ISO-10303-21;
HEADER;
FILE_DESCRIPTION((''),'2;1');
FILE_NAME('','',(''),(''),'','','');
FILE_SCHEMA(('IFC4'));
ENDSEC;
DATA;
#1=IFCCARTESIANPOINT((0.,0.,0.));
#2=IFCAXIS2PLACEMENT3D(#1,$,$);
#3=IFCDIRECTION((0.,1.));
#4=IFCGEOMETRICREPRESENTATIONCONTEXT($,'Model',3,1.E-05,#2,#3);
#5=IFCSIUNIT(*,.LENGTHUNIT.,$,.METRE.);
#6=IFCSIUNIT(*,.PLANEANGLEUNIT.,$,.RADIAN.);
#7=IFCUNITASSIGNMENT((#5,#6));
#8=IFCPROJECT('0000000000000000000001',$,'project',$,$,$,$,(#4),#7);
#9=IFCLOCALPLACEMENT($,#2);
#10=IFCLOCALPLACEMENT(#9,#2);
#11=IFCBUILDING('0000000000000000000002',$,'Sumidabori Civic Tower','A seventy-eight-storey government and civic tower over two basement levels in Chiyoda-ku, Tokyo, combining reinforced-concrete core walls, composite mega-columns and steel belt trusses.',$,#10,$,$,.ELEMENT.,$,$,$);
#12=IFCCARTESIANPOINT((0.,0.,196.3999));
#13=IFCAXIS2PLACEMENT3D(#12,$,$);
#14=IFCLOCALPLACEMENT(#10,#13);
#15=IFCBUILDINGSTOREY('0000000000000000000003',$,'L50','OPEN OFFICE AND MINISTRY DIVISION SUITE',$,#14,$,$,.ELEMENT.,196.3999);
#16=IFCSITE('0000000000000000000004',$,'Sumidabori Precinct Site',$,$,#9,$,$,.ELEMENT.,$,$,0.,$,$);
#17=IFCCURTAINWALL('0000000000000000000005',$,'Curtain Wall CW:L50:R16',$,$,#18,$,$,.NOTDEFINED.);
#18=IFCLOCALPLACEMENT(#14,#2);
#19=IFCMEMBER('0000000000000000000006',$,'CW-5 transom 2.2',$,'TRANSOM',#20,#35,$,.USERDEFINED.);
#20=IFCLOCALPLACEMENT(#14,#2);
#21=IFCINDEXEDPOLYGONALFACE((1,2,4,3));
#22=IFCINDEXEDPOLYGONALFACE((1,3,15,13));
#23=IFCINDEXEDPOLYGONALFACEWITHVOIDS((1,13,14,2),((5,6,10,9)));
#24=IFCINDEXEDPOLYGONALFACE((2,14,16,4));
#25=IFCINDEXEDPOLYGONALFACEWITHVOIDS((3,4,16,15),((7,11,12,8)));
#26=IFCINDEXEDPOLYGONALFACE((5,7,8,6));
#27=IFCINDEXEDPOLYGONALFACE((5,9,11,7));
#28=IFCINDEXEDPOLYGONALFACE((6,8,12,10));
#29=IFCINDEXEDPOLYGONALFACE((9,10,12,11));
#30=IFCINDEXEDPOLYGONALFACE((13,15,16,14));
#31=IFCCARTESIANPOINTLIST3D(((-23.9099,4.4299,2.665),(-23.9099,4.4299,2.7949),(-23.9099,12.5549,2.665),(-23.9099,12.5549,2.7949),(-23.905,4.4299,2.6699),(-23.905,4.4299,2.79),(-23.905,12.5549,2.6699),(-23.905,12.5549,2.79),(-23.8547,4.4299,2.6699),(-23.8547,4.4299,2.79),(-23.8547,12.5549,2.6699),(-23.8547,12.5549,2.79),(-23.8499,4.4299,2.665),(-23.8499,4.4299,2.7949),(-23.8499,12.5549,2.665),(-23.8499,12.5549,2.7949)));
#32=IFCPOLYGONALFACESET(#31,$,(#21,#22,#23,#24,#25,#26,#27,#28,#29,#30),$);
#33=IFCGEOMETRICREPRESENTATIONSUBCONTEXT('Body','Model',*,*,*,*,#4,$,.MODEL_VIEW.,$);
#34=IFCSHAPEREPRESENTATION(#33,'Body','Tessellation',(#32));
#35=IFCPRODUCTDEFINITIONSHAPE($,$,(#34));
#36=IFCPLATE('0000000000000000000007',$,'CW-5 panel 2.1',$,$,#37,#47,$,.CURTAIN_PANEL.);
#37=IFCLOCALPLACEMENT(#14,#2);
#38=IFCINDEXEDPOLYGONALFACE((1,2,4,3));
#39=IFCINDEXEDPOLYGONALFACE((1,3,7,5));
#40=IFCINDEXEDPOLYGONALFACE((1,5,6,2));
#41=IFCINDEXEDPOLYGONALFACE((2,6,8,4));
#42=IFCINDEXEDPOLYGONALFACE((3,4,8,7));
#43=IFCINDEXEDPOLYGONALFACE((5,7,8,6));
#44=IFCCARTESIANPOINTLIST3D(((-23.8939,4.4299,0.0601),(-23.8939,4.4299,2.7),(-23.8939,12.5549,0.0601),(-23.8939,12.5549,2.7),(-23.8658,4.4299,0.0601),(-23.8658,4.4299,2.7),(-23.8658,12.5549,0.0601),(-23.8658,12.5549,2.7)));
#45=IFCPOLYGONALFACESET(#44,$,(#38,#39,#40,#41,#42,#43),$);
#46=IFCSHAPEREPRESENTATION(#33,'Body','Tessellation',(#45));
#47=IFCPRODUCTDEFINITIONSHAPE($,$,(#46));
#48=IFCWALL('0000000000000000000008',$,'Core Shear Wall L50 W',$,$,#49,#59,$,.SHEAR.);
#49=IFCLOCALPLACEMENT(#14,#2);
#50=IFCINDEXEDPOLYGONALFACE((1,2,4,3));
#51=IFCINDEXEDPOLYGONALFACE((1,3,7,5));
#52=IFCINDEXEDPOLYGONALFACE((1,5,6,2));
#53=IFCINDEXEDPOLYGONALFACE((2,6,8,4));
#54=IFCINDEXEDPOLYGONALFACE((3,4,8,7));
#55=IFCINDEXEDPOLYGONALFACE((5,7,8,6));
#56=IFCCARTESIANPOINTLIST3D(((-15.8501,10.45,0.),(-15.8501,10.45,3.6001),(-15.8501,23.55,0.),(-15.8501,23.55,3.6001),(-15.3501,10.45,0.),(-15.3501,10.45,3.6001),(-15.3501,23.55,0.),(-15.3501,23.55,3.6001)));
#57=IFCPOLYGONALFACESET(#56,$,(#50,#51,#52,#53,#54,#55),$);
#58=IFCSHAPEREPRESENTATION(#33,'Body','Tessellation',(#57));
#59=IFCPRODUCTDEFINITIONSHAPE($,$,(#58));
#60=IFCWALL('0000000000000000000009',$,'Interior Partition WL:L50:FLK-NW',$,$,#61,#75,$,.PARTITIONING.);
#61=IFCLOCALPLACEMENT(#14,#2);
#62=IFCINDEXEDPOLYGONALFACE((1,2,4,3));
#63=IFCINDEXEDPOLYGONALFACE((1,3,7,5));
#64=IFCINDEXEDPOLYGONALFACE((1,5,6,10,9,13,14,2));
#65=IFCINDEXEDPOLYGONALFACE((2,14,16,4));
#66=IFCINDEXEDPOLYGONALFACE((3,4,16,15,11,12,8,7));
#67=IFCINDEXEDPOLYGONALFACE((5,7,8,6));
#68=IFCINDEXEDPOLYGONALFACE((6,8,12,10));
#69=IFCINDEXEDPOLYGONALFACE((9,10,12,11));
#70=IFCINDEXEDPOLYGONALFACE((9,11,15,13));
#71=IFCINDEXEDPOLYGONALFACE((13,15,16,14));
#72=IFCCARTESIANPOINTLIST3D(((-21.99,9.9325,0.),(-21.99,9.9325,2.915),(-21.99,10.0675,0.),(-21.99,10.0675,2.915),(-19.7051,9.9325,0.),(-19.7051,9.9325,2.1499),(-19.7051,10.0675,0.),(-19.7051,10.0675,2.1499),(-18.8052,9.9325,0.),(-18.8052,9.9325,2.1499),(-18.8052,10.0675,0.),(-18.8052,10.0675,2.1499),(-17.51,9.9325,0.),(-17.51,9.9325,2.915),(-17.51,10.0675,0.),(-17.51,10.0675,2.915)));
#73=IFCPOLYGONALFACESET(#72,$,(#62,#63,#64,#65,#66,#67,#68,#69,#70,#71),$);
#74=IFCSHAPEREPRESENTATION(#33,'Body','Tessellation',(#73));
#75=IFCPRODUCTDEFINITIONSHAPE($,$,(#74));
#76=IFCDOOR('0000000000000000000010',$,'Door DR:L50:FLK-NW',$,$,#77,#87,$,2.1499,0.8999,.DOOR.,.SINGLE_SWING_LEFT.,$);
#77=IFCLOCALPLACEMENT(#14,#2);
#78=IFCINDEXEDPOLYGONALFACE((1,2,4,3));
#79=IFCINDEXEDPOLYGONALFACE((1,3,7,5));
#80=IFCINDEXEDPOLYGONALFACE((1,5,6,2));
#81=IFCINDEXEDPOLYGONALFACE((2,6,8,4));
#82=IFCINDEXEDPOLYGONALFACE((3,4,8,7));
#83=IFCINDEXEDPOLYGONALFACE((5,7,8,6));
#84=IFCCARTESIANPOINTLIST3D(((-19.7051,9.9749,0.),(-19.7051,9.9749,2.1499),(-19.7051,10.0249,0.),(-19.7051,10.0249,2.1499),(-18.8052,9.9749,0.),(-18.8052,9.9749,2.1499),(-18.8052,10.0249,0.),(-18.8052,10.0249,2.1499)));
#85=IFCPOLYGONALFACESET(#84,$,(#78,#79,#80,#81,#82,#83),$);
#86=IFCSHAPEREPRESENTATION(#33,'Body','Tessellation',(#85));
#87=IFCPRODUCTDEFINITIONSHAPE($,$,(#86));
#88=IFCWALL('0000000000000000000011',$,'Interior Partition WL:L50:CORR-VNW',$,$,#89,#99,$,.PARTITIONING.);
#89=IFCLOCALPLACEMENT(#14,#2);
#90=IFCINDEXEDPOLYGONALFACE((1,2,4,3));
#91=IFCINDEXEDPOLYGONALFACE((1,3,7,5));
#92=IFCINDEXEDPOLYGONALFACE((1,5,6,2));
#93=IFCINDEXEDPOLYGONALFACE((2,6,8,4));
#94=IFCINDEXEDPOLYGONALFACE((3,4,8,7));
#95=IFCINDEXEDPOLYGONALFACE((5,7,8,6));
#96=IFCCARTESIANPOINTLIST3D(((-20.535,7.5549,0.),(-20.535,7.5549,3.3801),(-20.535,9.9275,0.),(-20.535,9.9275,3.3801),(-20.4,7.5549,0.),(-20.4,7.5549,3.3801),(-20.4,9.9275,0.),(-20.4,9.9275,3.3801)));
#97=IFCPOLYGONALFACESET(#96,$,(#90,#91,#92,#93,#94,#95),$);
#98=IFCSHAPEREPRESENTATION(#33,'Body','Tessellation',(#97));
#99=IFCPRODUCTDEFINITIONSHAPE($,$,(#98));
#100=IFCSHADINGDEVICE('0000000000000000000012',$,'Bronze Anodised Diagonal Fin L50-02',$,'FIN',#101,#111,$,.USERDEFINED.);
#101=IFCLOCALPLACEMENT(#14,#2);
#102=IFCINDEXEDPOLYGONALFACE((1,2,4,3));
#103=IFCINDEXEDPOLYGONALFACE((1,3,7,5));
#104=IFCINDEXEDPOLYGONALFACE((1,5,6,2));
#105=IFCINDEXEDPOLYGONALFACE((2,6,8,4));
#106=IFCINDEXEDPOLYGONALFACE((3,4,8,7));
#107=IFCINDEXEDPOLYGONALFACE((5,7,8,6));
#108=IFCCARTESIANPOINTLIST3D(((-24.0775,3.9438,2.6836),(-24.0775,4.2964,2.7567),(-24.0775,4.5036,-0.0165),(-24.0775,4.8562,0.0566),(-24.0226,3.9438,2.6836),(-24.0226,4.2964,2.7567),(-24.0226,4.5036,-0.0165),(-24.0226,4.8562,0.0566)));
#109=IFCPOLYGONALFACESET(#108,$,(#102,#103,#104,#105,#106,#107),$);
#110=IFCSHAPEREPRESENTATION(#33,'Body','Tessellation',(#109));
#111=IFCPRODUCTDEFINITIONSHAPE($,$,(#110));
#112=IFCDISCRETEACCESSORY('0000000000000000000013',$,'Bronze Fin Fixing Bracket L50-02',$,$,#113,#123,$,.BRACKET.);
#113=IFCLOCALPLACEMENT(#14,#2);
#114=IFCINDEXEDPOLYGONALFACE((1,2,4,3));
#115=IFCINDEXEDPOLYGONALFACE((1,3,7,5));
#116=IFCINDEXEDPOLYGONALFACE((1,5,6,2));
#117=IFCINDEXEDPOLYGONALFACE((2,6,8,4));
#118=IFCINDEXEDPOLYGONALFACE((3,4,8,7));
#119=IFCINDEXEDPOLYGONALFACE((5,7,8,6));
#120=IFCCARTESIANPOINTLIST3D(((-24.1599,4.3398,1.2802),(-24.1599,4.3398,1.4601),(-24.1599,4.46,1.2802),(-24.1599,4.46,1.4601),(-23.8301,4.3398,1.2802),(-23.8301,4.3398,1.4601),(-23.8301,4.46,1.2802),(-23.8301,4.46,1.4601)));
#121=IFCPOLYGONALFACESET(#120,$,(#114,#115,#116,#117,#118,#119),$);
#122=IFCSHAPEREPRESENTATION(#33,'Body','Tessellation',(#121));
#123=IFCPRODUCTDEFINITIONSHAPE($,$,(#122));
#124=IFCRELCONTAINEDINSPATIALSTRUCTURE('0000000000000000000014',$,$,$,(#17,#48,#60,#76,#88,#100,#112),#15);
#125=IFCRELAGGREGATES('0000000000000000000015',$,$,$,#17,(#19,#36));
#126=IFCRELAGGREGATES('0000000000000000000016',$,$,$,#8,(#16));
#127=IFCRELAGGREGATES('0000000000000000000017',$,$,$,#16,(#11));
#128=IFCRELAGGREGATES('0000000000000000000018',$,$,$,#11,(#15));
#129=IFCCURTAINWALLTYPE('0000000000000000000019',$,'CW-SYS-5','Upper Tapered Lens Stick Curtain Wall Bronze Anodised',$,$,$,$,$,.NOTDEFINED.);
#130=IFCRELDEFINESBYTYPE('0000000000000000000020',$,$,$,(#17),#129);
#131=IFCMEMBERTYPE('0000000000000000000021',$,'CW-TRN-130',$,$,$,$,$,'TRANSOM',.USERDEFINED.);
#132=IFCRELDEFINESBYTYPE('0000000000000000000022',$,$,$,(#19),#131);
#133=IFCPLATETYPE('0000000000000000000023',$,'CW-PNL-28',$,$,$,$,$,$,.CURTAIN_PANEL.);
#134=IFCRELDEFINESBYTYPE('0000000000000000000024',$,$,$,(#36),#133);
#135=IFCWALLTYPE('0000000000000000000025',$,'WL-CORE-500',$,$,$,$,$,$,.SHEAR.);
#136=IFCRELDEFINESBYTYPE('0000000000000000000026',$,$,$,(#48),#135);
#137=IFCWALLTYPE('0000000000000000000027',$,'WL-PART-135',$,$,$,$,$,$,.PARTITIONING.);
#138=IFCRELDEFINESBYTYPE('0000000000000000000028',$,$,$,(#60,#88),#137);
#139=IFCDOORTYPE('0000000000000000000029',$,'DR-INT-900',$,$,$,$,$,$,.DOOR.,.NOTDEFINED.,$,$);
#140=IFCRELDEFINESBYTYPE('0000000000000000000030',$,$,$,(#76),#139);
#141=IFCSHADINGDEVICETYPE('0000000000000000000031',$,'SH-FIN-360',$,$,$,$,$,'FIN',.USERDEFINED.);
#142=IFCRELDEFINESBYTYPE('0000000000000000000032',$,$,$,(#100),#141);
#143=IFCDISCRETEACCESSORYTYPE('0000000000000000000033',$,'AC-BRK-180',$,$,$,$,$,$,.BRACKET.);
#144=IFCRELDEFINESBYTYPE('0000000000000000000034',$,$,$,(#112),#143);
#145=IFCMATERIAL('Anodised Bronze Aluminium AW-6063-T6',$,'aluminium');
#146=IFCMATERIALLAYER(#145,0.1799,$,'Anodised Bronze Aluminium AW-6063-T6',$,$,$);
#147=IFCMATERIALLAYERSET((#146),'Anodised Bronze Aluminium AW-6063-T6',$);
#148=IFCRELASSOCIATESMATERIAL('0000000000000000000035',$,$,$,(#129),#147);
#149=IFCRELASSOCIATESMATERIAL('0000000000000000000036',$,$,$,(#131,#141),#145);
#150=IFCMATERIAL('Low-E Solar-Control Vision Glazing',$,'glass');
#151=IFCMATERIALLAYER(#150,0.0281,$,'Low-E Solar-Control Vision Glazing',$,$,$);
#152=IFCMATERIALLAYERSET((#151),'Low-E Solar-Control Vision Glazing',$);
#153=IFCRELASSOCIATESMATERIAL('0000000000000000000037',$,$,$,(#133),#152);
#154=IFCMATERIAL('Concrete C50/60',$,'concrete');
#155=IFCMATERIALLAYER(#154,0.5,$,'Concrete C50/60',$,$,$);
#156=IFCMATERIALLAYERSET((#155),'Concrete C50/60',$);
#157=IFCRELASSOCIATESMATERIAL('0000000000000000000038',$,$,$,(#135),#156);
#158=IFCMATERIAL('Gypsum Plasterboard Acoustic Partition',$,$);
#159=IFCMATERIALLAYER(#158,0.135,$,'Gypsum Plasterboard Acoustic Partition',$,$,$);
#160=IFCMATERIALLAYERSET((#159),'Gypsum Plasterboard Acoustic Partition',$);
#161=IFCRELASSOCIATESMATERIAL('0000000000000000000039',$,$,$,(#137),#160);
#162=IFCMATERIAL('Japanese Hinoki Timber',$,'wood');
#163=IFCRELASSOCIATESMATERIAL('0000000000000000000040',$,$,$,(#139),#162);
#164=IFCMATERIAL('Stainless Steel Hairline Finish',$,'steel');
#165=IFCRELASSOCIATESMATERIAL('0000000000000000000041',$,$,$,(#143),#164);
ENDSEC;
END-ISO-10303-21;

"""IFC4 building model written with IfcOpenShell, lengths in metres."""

from ifc_helpers import new_model, si_unit, direction, frame, frame_2d, origin, origin_2d, place, context, subcontext, project, spatial, rectangle, hollow_rectangle, extrude, source, transform, mapped, material, layer, layer_set, material_profile, profile_set, type_object, element, fill, aggregate, save


model = new_model("IFC4")

# Units and contexts
model_context = context("Model", 3, precision=1e-05, world=origin(), true_north=direction((0.0, 1.0)))
body_context = subcontext(model_context, "Body", "Model", "MODEL_VIEW")
ifc_project = project(units=[si_unit("LENGTHUNIT", "METRE"), si_unit("PLANEANGLEUNIT", "RADIAN")], contexts=[model_context])

# Site, building, storey
site_placement = place(None, origin())
site = spatial("IfcSite", under=ifc_project, at=site_placement, Name="Sumidabori Precinct Site", CompositionType="ELEMENT", RefElevation=0.0)
building_placement = place(site_placement, origin())
building = spatial("IfcBuilding", under=site, at=building_placement, Name="Sumidabori Civic Tower", Description="A seventy-eight-storey government and civic tower over two basement levels in Chiyoda-ku, Tokyo, combining reinforced-concrete core walls, composite mega-columns and steel belt trusses.", CompositionType="ELEMENT")
storey_placement = place(building_placement, frame((0.0, 0.0, 196.3999)))
storey = spatial("IfcBuildingStorey", under=building, at=storey_placement, Name="L50", Description="OPEN OFFICE AND MINISTRY DIVISION SUITE", CompositionType="ELEMENT", Elevation=196.3999)

# Curtain wall, member, plate
ifc_material_1 = material(Name="Anodised Bronze Aluminium AW-6063-T6", Category="aluminium")
ifc_layer_1 = layer(ifc_material_1, 0.1799, Name="Anodised Bronze Aluminium AW-6063-T6")
ifc_layer_set_1 = layer_set([ifc_layer_1], Name="Anodised Bronze Aluminium AW-6063-T6")
curtain_wall_type = type_object("IfcCurtainWallType", Name="CW-SYS-5", Description="Upper Tapered Lens Stick Curtain Wall Bronze Anodised", PredefinedType="NOTDEFINED", material=ifc_layer_set_1)
curtain_wall_placement = place(storey_placement, origin())
curtain_wall = element("IfcCurtainWall", 1, at=curtain_wall_placement, inside=storey, type_object=curtain_wall_type, Name="Curtain Wall CW:L50:R16", PredefinedType="NOTDEFINED")
ifc_material_profile_1 = material_profile(ifc_material_1, hollow_rectangle(XDim=0.0601, YDim=0.1299, WallThickness=0.0049, at=origin_2d()), Name="ALU TRANSOM 130x60")
ifc_profile_set_1 = profile_set([ifc_material_profile_1], Name="Anodised Bronze Aluminium AW-6063-T6")
member_type_1 = type_object("IfcMemberType", Name="CW-TRN-130", ElementType="TRANSOM", PredefinedType="USERDEFINED", material=ifc_profile_set_1)
shared_shape_1 = source(origin(), body_context, "Body", "SweptSolid", [
    extrude(hollow_rectangle(XDim=0.0601, YDim=0.1299, WallThickness=0.0049, at=origin_2d()), origin(), (0.0, 0.0, 1.0), 8.125),
])
member_1_placement = place(storey_placement, frame((-23.8799, 12.5549, 2.73), z_axis=(0.0, -1.0, 0.0), x_axis=(1.0, 0.0, 0.0)))
member_1 = element("IfcMember", 2, at=member_1_placement, type_object=member_type_1, Name="CW-5 transom 2.2", ObjectType="TRANSOM", PredefinedType="USERDEFINED", context=body_context, shape_type="MappedRepresentation", body=[
    mapped(shared_shape_1, transform((0.0, 0.0, 0.0), x_axis=(1.0, 0.0, 0.0), y_axis=(0.0, 1.0, 0.0), z_axis=(0.0, 0.0, 1.0), scale=1.0)),
])
ifc_material_2 = material(Name="Low-E Solar-Control Vision Glazing", Category="glass")
ifc_layer_2 = layer(ifc_material_2, 0.0281, Name="Low-E Solar-Control Vision Glazing")
ifc_layer_set_2 = layer_set([ifc_layer_2], Name="Low-E Solar-Control Vision Glazing")
plate_type = type_object("IfcPlateType", Name="CW-PNL-28", PredefinedType="CURTAIN_PANEL", material=ifc_layer_set_2)
shared_shape_2 = source(origin(), body_context, "Body", "SweptSolid", [
    extrude(rectangle(XDim=8.125, YDim=0.0281, at=origin_2d()), origin(), (0.0, 0.0, 1.0), 2.6399),
])
plate_placement = place(storey_placement, frame((-23.8799, 8.4924, 0.0601), z_axis=(0.0, 0.0, 1.0), x_axis=(0.0, -1.0, 0.0)))
plate = element("IfcPlate", 3, at=plate_placement, type_object=plate_type, Name="CW-5 panel 2.1", PredefinedType="CURTAIN_PANEL", context=body_context, shape_type="MappedRepresentation", body=[
    mapped(shared_shape_2, transform((0.0, 0.0, 0.0), x_axis=(1.0, 0.0, 0.0), y_axis=(0.0, 1.0, 0.0), z_axis=(0.0, 0.0, 1.0), scale=1.0)),
])
aggregate(curtain_wall, [member_1, plate])

# Shared definitions
ifc_material_3 = material(Name="Concrete C50/60", Category="concrete")
ifc_layer_3 = layer(ifc_material_3, 0.5, Name="Concrete C50/60")
ifc_layer_set_3 = layer_set([ifc_layer_3], Name="Concrete C50/60")
wall_type_1 = type_object("IfcWallType", Name="WL-CORE-500", PredefinedType="SHEAR", material=ifc_layer_set_3)

# Wall
shared_shape_3 = source(origin(), body_context, "Body", "SweptSolid", [
    extrude(rectangle(XDim=13.1001, YDim=0.5, at=frame_2d((6.55, 0.0))), origin(), (0.0, 0.0, 1.0), 3.6001),
])
wall_1_placement = place(storey_placement, frame((-15.6001, 10.45, 0.0), z_axis=(0.0, 0.0, 1.0), x_axis=(0.0, 1.0, 0.0)))
element("IfcWall", 4, at=wall_1_placement, inside=storey, type_object=wall_type_1, Name="Core Shear Wall L50 W", PredefinedType="SHEAR", context=body_context, shape_type="MappedRepresentation", body=[
    mapped(shared_shape_3, transform((0.0, 0.0, 0.0), x_axis=(1.0, 0.0, 0.0), y_axis=(0.0, 1.0, 0.0), z_axis=(0.0, 0.0, 1.0), scale=1.0)),
])

# Wall, opening, door
ifc_material_4 = material(Name="Gypsum Plasterboard Acoustic Partition")
ifc_layer_4 = layer(ifc_material_4, 0.135, Name="Gypsum Plasterboard Acoustic Partition")
ifc_layer_set_4 = layer_set([ifc_layer_4], Name="Gypsum Plasterboard Acoustic Partition")
wall_type_2 = type_object("IfcWallType", Name="WL-PART-135", PredefinedType="PARTITIONING", material=ifc_layer_set_4)
shared_shape_4 = source(origin(), body_context, "Body", "SweptSolid", [
    extrude(rectangle(XDim=4.48, YDim=0.135, at=frame_2d((2.24, 0.0))), origin(), (0.0, 0.0, 1.0), 2.915),
])
wall_2_placement = place(storey_placement, frame((-21.99, 10.0, 0.0), z_axis=(0.0, 0.0, 1.0), x_axis=(1.0, 0.0, 0.0)))
wall_2 = element("IfcWall", 5, at=wall_2_placement, inside=storey, type_object=wall_type_2, Name="Interior Partition WL:L50:FLK-NW", PredefinedType="PARTITIONING", context=body_context, shape_type="MappedRepresentation", body=[
    mapped(shared_shape_4, transform((0.0, 0.0, 0.0), x_axis=(1.0, 0.0, 0.0), y_axis=(0.0, 1.0, 0.0), z_axis=(0.0, 0.0, 1.0), scale=1.0)),
])
opening_1_placement = place(wall_2_placement, frame((2.2849, 0.0, 0.0)))
opening_1 = element("IfcOpeningElement", 6, at=opening_1_placement, cuts=wall_2, PredefinedType="OPENING", context=body_context, shape_type="SweptSolid", body=[
    extrude(rectangle(XDim=0.8999, YDim=2.1499, at=frame_2d((0.45, 1.075))), frame((0.0, 0.0796, 0.0), z_axis=(0.0, -1.0, 0.0), x_axis=(1.0, 0.0, 0.0)), (0.0, 0.0, 1.0), 0.1589),
])
ifc_material_5 = material(Name="Japanese Hinoki Timber", Category="wood")
door_type_1 = type_object("IfcDoorType", Name="DR-INT-900", OperationType="NOTDEFINED", PredefinedType="DOOR", material=ifc_material_5)
shared_shape_5 = source(origin(), body_context, "Body", "SweptSolid", [
    extrude(rectangle(XDim=0.8999, YDim=2.1499, at=frame_2d((0.45, 1.075))), frame((0.0, 0.0249, 0.0), z_axis=(0.0, -1.0, 0.0), x_axis=(1.0, 0.0, 0.0)), (0.0, 0.0, 1.0), 0.05),
])
door_1_placement = place(opening_1_placement, origin())
door_1 = element("IfcDoor", 7, at=door_1_placement, inside=storey, type_object=door_type_1, Name="Door DR:L50:FLK-NW", OperationType="SINGLE_SWING_LEFT", OverallHeight=2.1499, OverallWidth=0.8999, PredefinedType="DOOR", context=body_context, shape_type="MappedRepresentation", body=[
    mapped(shared_shape_5, transform((0.0, 0.0, 0.0), x_axis=(1.0, 0.0, 0.0), y_axis=(0.0, 1.0, 0.0), z_axis=(0.0, 0.0, 1.0), scale=1.0)),
])
fill(opening_1, door_1)

# Wall
shared_shape_6 = source(origin(), body_context, "Body", "SweptSolid", [
    extrude(rectangle(XDim=2.3726, YDim=0.135, at=frame_2d((1.1863, 0.0))), origin(), (0.0, 0.0, 1.0), 3.3801),
])
wall_3_placement = place(storey_placement, frame((-20.4675, 7.5549, 0.0), z_axis=(0.0, 0.0, 1.0), x_axis=(0.0, 1.0, 0.0)))
element("IfcWall", 8, at=wall_3_placement, inside=storey, type_object=wall_type_2, Name="Interior Partition WL:L50:CORR-VNW", PredefinedType="PARTITIONING", context=body_context, shape_type="MappedRepresentation", body=[
    mapped(shared_shape_6, transform((0.0, 0.0, 0.0), x_axis=(1.0, 0.0, 0.0), y_axis=(0.0, 1.0, 0.0), z_axis=(0.0, 0.0, 1.0), scale=1.0)),
])

# Shading device
ifc_material_profile_2 = material_profile(ifc_material_1, rectangle(XDim=0.0549, YDim=0.3601, at=origin_2d()), Name="BRONZE FIN 360x55")
ifc_profile_set_2 = profile_set([ifc_material_profile_2], Name="Anodised Bronze Aluminium AW-6063-T6")
shading_device_type = type_object("IfcShadingDeviceType", Name="SH-FIN-360", ElementType="FIN", PredefinedType="USERDEFINED", material=ifc_profile_set_2)
shared_shape_7 = source(origin(), body_context, "Body", "SweptSolid", [
    extrude(rectangle(XDim=0.0549, YDim=0.3601, at=origin_2d()), origin(), (0.0, 0.0, 1.0), 2.7576),
])
shading_device_placement = place(storey_placement, frame((-24.05, 4.6799, 0.02), z_axis=(0.0, -0.203007, 0.979177), x_axis=(-1.0, 0.0, 0.0)))
element("IfcShadingDevice", 9, at=shading_device_placement, inside=storey, type_object=shading_device_type, Name="Bronze Anodised Diagonal Fin L50-02", ObjectType="FIN", PredefinedType="USERDEFINED", context=body_context, shape_type="MappedRepresentation", body=[
    mapped(shared_shape_7, transform((0.0, 0.0, 0.0), x_axis=(1.0, 0.0, 0.0), y_axis=(0.0, 1.0, 0.0), z_axis=(0.0, 0.0, 1.0), scale=1.0)),
])

# Discrete accessory
ifc_material_6 = material(Name="Stainless Steel Hairline Finish", Category="steel")
ifc_material_profile_3 = material_profile(ifc_material_6, rectangle(XDim=0.1201, YDim=0.1799, at=origin_2d()), Name="STEEL BRACKET 180x120")
ifc_profile_set_3 = profile_set([ifc_material_profile_3], Name="Stainless Steel Hairline Finish")
discrete_accessory_type = type_object("IfcDiscreteAccessoryType", Name="AC-BRK-180", PredefinedType="BRACKET", material=ifc_profile_set_3)
shared_shape_8 = source(origin(), body_context, "Body", "SweptSolid", [
    extrude(rectangle(XDim=0.1201, YDim=0.1799, at=origin_2d()), origin(), (0.0, 0.0, 1.0), 0.3298),
])
discrete_accessory_placement = place(storey_placement, frame((-23.8301, 4.3999, 1.3701), z_axis=(-1.0, 0.0, 0.0), x_axis=(0.0, -1.0, 0.0)))
element("IfcDiscreteAccessory", 10, at=discrete_accessory_placement, inside=storey, type_object=discrete_accessory_type, Name="Bronze Fin Fixing Bracket L50-02", PredefinedType="BRACKET", context=body_context, shape_type="MappedRepresentation", body=[
    mapped(shared_shape_8, transform((0.0, 0.0, 0.0), x_axis=(1.0, 0.0, 0.0), y_axis=(0.0, 1.0, 0.0), z_axis=(0.0, 0.0, 1.0), scale=1.0)),
])

save(model, "model.ifc")
